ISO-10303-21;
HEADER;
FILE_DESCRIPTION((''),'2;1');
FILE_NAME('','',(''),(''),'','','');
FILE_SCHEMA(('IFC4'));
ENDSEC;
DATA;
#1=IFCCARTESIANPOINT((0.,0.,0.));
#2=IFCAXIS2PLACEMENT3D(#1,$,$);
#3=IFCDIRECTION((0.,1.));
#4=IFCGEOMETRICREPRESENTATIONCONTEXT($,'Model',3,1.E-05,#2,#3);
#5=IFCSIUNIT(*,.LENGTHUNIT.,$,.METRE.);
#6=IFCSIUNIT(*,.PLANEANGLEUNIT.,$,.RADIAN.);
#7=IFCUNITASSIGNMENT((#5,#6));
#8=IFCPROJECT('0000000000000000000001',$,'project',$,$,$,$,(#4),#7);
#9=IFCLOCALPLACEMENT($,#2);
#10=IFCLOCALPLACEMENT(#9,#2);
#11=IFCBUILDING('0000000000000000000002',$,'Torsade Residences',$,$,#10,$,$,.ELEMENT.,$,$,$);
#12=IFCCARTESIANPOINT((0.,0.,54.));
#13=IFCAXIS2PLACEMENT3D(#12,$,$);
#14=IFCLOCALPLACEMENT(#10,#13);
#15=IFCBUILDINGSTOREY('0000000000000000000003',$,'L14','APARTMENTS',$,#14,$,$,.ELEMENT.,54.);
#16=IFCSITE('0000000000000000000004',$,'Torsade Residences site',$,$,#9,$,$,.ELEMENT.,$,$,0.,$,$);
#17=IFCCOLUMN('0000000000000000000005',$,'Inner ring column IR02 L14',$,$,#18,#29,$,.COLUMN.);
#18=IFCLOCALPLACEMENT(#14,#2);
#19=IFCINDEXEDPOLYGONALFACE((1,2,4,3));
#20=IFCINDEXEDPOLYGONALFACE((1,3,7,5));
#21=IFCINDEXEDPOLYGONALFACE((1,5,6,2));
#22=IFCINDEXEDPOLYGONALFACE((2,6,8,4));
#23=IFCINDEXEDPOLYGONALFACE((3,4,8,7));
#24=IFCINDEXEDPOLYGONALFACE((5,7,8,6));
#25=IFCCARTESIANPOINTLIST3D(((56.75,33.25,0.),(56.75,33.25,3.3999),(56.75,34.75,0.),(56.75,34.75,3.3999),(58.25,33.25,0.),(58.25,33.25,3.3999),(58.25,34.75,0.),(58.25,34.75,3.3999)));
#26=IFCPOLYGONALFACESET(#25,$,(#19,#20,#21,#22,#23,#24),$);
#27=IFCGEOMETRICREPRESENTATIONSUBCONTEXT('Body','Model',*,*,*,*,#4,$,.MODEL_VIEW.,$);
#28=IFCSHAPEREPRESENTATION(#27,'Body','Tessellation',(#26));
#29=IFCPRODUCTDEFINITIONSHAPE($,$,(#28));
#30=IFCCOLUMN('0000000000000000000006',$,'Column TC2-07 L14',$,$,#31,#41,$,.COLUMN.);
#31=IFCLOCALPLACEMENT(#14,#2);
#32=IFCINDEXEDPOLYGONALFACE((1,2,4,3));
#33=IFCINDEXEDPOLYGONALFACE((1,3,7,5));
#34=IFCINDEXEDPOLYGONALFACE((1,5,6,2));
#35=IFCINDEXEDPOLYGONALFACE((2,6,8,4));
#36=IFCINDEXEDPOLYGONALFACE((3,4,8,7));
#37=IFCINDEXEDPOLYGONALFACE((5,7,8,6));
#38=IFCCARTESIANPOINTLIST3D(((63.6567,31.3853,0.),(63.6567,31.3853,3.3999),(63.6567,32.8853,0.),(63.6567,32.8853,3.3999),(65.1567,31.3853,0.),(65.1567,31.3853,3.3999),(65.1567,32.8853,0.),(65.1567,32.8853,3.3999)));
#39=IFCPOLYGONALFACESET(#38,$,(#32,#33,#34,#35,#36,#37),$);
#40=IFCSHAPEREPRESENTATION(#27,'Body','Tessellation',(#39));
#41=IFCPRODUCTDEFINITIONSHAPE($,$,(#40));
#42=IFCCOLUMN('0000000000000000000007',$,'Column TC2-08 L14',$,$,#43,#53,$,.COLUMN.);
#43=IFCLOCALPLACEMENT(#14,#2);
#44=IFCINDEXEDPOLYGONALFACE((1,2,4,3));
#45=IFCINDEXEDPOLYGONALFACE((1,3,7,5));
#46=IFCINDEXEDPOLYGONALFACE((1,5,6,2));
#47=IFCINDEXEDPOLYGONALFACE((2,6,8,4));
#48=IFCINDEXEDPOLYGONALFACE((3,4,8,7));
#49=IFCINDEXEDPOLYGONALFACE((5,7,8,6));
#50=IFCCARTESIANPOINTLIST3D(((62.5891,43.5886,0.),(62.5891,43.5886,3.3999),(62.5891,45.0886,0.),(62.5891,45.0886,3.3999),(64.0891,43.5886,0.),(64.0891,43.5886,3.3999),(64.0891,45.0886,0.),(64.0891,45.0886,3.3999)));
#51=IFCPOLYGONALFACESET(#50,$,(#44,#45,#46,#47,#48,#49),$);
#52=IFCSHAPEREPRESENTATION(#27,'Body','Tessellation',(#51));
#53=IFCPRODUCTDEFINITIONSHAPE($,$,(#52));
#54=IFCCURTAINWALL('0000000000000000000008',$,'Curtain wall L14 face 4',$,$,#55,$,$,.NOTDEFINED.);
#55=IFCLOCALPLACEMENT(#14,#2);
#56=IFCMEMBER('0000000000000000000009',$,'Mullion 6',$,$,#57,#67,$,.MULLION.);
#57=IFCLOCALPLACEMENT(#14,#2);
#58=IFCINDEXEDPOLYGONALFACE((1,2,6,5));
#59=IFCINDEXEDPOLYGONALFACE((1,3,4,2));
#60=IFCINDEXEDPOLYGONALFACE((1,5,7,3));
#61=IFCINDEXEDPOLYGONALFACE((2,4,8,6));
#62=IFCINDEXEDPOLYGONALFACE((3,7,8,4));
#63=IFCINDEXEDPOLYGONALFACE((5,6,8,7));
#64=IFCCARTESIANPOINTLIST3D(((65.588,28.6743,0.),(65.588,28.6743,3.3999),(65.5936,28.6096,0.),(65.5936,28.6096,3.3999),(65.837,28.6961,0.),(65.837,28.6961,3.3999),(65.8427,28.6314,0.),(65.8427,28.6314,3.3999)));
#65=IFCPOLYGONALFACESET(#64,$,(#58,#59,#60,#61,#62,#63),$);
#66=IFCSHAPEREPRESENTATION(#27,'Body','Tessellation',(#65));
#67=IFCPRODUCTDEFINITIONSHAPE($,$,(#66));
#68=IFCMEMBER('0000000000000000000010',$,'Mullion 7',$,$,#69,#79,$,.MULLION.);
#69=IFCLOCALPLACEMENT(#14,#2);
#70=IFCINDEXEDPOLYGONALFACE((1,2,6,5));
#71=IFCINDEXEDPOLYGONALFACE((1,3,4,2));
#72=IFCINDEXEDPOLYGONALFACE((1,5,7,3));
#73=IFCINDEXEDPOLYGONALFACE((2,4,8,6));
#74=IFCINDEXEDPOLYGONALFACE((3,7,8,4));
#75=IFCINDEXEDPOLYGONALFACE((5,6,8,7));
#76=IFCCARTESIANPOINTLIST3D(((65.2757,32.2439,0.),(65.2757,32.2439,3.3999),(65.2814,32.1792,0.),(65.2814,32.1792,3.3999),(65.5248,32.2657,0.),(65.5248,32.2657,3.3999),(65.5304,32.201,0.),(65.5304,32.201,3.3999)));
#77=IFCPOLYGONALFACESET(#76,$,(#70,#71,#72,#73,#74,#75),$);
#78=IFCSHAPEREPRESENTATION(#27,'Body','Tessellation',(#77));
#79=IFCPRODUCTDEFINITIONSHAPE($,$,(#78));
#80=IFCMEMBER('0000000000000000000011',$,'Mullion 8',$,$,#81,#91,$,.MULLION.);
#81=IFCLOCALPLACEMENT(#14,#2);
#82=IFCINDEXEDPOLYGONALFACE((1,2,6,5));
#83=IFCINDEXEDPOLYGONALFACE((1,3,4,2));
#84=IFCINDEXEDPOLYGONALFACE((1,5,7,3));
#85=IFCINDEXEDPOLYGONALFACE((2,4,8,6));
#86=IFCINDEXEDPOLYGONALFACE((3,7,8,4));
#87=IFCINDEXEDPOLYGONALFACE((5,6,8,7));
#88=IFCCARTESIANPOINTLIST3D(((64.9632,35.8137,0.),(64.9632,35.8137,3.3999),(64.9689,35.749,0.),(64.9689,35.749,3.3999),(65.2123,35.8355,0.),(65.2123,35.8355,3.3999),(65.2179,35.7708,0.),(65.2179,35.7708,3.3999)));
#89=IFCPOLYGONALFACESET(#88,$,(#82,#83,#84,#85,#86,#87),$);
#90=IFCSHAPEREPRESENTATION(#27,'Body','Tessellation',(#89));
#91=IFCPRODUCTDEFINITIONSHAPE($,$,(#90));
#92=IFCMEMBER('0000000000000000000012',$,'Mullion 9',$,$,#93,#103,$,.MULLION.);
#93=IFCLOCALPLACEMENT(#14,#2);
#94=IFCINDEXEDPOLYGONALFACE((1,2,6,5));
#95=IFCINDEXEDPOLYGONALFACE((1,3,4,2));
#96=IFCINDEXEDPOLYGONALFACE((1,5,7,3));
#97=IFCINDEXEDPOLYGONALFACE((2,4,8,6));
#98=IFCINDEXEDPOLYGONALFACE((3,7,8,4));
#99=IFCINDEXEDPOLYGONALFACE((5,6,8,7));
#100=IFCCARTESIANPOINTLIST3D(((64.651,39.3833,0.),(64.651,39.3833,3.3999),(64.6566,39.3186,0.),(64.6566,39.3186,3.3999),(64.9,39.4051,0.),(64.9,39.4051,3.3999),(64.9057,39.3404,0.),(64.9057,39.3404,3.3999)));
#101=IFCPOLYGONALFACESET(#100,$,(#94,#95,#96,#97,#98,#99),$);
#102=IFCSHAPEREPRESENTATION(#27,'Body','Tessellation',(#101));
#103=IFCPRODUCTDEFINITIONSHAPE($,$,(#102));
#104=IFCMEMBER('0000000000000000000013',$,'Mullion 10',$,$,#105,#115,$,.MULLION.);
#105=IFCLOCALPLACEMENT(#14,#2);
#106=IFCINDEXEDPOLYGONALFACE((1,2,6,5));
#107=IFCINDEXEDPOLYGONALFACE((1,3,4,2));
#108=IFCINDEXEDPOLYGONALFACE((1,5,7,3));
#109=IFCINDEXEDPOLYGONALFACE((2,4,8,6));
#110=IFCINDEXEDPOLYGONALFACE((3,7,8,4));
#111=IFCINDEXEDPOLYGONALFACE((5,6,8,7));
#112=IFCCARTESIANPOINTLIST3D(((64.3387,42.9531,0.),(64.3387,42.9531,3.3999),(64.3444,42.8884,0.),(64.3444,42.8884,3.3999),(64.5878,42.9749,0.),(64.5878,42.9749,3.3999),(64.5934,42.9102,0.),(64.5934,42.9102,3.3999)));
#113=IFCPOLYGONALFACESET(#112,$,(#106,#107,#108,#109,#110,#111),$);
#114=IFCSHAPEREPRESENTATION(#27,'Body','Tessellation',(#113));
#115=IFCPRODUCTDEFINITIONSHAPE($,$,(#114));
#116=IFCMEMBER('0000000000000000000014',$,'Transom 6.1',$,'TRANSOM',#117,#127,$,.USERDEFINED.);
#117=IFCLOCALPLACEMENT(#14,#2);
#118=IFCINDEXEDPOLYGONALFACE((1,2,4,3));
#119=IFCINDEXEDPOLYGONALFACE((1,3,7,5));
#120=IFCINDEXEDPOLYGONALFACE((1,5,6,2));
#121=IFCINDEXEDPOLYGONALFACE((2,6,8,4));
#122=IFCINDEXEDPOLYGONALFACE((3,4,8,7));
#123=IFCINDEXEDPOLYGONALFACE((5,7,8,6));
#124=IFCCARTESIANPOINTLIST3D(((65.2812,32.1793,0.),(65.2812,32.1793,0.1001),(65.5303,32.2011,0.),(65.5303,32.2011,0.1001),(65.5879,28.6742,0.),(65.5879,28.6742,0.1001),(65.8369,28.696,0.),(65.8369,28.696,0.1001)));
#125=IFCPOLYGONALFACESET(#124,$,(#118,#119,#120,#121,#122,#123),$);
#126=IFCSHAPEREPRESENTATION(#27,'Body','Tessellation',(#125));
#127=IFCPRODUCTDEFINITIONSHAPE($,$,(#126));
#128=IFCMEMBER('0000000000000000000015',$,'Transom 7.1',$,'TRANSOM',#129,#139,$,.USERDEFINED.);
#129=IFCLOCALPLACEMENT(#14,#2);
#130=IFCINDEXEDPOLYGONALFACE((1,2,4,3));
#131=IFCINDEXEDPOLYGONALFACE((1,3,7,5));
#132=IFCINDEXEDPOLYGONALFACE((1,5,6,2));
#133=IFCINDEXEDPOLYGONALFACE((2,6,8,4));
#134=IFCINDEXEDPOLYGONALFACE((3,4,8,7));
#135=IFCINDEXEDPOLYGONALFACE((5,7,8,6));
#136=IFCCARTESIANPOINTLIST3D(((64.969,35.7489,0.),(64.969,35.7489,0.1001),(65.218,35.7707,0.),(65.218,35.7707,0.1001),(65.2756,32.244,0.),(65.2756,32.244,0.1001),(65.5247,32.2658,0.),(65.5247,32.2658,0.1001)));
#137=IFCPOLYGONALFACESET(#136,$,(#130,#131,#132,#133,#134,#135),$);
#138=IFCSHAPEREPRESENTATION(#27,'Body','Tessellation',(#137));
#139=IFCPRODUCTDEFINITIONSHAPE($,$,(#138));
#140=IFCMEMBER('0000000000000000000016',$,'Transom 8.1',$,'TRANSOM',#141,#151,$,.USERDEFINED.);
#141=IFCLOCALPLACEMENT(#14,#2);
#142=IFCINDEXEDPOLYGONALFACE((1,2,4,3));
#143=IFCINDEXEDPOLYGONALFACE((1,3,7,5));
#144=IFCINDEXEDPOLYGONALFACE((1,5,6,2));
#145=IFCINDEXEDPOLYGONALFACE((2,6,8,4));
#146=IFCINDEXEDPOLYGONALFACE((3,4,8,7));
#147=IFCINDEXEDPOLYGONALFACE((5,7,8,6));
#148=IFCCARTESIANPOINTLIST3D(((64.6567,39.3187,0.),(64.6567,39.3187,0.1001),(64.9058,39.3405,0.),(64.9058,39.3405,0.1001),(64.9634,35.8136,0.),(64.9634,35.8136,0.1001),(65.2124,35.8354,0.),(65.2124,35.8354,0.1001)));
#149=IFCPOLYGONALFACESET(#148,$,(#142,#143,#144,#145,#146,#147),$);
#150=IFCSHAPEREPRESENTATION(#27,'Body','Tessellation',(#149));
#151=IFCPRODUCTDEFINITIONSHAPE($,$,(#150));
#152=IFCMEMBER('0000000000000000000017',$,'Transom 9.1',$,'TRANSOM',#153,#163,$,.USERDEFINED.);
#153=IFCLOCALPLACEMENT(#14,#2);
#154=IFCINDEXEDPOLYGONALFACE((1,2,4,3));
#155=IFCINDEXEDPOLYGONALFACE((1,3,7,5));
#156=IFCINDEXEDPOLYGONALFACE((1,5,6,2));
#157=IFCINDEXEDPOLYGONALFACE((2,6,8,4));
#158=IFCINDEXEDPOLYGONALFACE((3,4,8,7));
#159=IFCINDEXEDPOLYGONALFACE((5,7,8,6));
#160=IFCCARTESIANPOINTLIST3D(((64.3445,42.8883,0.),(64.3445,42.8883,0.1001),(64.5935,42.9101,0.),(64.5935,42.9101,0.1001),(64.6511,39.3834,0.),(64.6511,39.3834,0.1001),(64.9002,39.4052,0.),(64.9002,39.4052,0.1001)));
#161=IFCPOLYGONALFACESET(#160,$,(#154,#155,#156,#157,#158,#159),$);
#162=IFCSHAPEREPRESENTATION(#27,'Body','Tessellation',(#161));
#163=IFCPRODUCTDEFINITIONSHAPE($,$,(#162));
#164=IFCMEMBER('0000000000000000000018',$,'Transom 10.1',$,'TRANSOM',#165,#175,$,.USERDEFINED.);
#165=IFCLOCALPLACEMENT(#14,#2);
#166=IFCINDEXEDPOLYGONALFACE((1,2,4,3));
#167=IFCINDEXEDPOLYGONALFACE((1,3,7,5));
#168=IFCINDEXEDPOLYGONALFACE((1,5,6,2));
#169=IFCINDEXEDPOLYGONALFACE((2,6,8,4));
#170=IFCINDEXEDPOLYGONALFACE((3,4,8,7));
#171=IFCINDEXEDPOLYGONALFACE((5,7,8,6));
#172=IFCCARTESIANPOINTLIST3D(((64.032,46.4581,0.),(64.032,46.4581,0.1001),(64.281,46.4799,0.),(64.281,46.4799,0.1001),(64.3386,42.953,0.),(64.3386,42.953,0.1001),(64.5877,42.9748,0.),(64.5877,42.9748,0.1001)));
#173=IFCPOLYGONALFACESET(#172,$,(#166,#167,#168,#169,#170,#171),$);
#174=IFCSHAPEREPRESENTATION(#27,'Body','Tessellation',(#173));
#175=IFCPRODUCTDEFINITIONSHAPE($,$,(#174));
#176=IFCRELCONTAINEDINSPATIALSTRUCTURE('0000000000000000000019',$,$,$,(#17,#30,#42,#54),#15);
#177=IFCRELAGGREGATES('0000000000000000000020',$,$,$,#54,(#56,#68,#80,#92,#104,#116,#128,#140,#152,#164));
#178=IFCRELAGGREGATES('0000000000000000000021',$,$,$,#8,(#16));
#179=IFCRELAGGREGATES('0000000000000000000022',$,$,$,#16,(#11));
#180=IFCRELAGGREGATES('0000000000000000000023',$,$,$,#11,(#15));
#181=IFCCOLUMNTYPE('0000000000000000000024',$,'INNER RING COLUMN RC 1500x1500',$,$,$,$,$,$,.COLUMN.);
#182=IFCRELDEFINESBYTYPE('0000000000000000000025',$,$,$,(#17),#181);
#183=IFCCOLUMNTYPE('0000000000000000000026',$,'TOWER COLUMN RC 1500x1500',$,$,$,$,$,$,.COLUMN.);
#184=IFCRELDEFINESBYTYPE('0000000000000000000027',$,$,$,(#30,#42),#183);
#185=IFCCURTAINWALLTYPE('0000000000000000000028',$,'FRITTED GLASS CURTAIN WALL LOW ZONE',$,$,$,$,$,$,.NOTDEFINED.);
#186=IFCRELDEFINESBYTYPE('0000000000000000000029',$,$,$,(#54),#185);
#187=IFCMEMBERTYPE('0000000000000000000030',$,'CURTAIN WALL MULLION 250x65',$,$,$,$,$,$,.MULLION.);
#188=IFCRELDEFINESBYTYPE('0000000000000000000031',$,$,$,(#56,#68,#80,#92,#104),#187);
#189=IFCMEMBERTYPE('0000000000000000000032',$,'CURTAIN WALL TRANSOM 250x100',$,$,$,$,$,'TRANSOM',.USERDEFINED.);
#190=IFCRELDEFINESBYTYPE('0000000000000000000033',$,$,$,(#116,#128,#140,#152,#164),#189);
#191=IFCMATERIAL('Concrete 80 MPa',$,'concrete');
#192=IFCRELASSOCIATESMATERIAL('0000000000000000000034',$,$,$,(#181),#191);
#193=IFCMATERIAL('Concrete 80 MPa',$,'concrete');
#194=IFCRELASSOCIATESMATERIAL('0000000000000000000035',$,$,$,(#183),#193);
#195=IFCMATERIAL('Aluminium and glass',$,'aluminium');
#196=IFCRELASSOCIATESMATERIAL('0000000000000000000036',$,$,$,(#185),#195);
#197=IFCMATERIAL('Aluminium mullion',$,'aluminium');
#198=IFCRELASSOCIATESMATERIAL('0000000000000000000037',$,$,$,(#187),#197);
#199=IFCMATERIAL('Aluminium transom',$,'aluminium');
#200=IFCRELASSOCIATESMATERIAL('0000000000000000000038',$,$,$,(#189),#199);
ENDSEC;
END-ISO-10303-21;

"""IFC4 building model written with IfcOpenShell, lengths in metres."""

from ifc_helpers import new_model, si_unit, direction, frame, origin, origin_2d, place, context, subcontext, project, spatial, rectangle, extrude, material, material_profile, profile_set, type_object, element, aggregate, save


model = new_model("IFC4")

# Units and contexts
model_context = context("Model", 3, precision=1e-05, world=origin(), true_north=direction((0.0, 1.0)))
body_context = subcontext(model_context, "Body", "Model", "MODEL_VIEW")
ifc_project = project(units=[si_unit("LENGTHUNIT", "METRE"), si_unit("PLANEANGLEUNIT", "RADIAN")], contexts=[model_context])

# Site, building, storey
site_placement = place(None, origin())
site = spatial("IfcSite", under=ifc_project, at=site_placement, Name="Torsade Residences site", CompositionType="ELEMENT", RefElevation=0.0)
building_placement = place(site_placement, origin())
building = spatial("IfcBuilding", under=site, at=building_placement, Name="Torsade Residences", CompositionType="ELEMENT")
storey_placement = place(building_placement, frame((0.0, 0.0, 54.0)))
storey = spatial("IfcBuildingStorey", under=building, at=storey_placement, Name="L14", Description="APARTMENTS", CompositionType="ELEMENT", Elevation=54.0)

# Columns
ifc_material_1 = material(Name="Concrete 80 MPa", Category="concrete")
ifc_material_profile_1 = material_profile(ifc_material_1, rectangle(XDim=1.5, YDim=1.5, at=origin_2d()), Name="RC 1500x1500")
ifc_profile_set_1 = profile_set([ifc_material_profile_1], Name="Concrete 80 MPa")
column_type_1 = type_object("IfcColumnType", Name="INNER RING COLUMN RC 1500x1500", PredefinedType="COLUMN", material=ifc_profile_set_1)
column_placement = place(storey_placement, frame((57.5, 34.0, 0.0), z_axis=(0.0, 0.0, 1.0), x_axis=(1.0, 0.0, 0.0)))
element("IfcColumn", 1, at=column_placement, inside=storey, type_object=column_type_1, Name="Inner ring column IR02 L14", PredefinedType="COLUMN", context=body_context, shape_type="SweptSolid", body=[
    extrude(rectangle(XDim=1.5, YDim=1.5, at=origin_2d()), origin(), (0.0, 0.0, 1.0), 3.3999),
])
ifc_material_2 = material(Name="Concrete 80 MPa", Category="concrete")
ifc_material_profile_2 = material_profile(ifc_material_2, rectangle(XDim=1.5, YDim=1.5, at=origin_2d()), Name="RC 1500x1500")
ifc_profile_set_2 = profile_set([ifc_material_profile_2], Name="Concrete 80 MPa")
column_type_2 = type_object("IfcColumnType", Name="TOWER COLUMN RC 1500x1500", PredefinedType="COLUMN", material=ifc_profile_set_2)
for number, where, z_axis, x_axis, name in (
    (2, (64.4067, 32.1353, 0.0), (0.0, 0.0, 1.0), (1.0, 0.0, 0.0), "Column TC2-07 L14"),
    (3, (63.3391, 44.3386, 0.0), (0.0, 0.0, 1.0), (1.0, 0.0, 0.0), "Column TC2-08 L14"),
):
    element("IfcColumn", number, at=place(storey_placement, frame(where, z_axis=z_axis, x_axis=x_axis)), inside=storey, type_object=column_type_2, Name=name, PredefinedType="COLUMN", context=body_context, shape_type="SweptSolid", body=[
        extrude(rectangle(XDim=1.5, YDim=1.5, at=origin_2d()), origin(), (0.0, 0.0, 1.0), 3.3999),
    ])

# Curtain wall, members
ifc_material_3 = material(Name="Aluminium and glass", Category="aluminium")
curtain_wall_type = type_object("IfcCurtainWallType", Name="FRITTED GLASS CURTAIN WALL LOW ZONE", PredefinedType="NOTDEFINED", material=ifc_material_3)
curtain_wall_placement = place(storey_placement, origin())
curtain_wall = element("IfcCurtainWall", 4, at=curtain_wall_placement, inside=storey, type_object=curtain_wall_type, Name="Curtain wall L14 face 4", PredefinedType="NOTDEFINED")
ifc_material_4 = material(Name="Aluminium mullion", Category="aluminium")
ifc_material_profile_3 = material_profile(ifc_material_4, rectangle(XDim=0.25, YDim=0.0649, at=origin_2d()), Name="CURTAIN WALL MULLION 250x65")
ifc_profile_set_3 = profile_set([ifc_material_profile_3], Name="Aluminium mullion")
member_type_1 = type_object("IfcMemberType", Name="CURTAIN WALL MULLION 250x65", PredefinedType="MULLION", material=ifc_profile_set_3)
member_1_placement = place(storey_placement, frame((65.7153, 28.6528, 0.0), z_axis=(0.0, 0.0, 1.0), x_axis=(-0.996195, -0.087156, 0.0)))
member_1 = element("IfcMember", 5, at=member_1_placement, type_object=member_type_1, Name="Mullion 6", PredefinedType="MULLION", context=body_context, shape_type="SweptSolid", body=[
    extrude(rectangle(XDim=0.25, YDim=0.0649, at=origin_2d()), origin(), (0.0, 0.0, 1.0), 3.3999),
])
member_2_placement = place(storey_placement, frame((65.4031, 32.2224, 0.0), z_axis=(0.0, 0.0, 1.0), x_axis=(-0.996195, -0.087156, 0.0)))
member_2 = element("IfcMember", 6, at=member_2_placement, type_object=member_type_1, Name="Mullion 7", PredefinedType="MULLION", context=body_context, shape_type="SweptSolid", body=[
    extrude(rectangle(XDim=0.25, YDim=0.0649, at=origin_2d()), origin(), (0.0, 0.0, 1.0), 3.3999),
])
member_3_placement = place(storey_placement, frame((65.0906, 35.7922, 0.0), z_axis=(0.0, 0.0, 1.0), x_axis=(-0.996195, -0.087156, 0.0)))
member_3 = element("IfcMember", 7, at=member_3_placement, type_object=member_type_1, Name="Mullion 8", PredefinedType="MULLION", context=body_context, shape_type="SweptSolid", body=[
    extrude(rectangle(XDim=0.25, YDim=0.0649, at=origin_2d()), origin(), (0.0, 0.0, 1.0), 3.3999),
])
member_4_placement = place(storey_placement, frame((64.7783, 39.3618, 0.0), z_axis=(0.0, 0.0, 1.0), x_axis=(-0.996195, -0.087156, 0.0)))
member_4 = element("IfcMember", 8, at=member_4_placement, type_object=member_type_1, Name="Mullion 9", PredefinedType="MULLION", context=body_context, shape_type="SweptSolid", body=[
    extrude(rectangle(XDim=0.25, YDim=0.0649, at=origin_2d()), origin(), (0.0, 0.0, 1.0), 3.3999),
])
member_5_placement = place(storey_placement, frame((64.4661, 42.9316, 0.0), z_axis=(0.0, 0.0, 1.0), x_axis=(-0.996195, -0.087156, 0.0)))
member_5 = element("IfcMember", 9, at=member_5_placement, type_object=member_type_1, Name="Mullion 10", PredefinedType="MULLION", context=body_context, shape_type="SweptSolid", body=[
    extrude(rectangle(XDim=0.25, YDim=0.0649, at=origin_2d()), origin(), (0.0, 0.0, 1.0), 3.3999),
])
ifc_material_5 = material(Name="Aluminium transom", Category="aluminium")
ifc_material_profile_4 = material_profile(ifc_material_5, rectangle(XDim=0.25, YDim=0.1001, at=origin_2d()), Name="CURTAIN WALL TRANSOM 250x100")
ifc_profile_set_4 = profile_set([ifc_material_profile_4], Name="Aluminium transom")
member_type_2 = type_object("IfcMemberType", Name="CURTAIN WALL TRANSOM 250x100", ElementType="TRANSOM", PredefinedType="USERDEFINED", material=ifc_profile_set_4)
member_6_placement = place(storey_placement, frame((65.7124, 28.6851, 0.05), z_axis=(-0.087151, 0.996195, 0.0), x_axis=(-0.996195, -0.087151, 0.0)))
member_6 = element("IfcMember", 10, at=member_6_placement, type_object=member_type_2, Name="Transom 6.1", ObjectType="TRANSOM", PredefinedType="USERDEFINED", context=body_context, shape_type="SweptSolid", body=[
    extrude(rectangle(XDim=0.25, YDim=0.1001, at=origin_2d()), origin(), (0.0, 0.0, 1.0), 3.5186),
])
member_7_placement = place(storey_placement, frame((65.4001, 32.2549, 0.05), z_axis=(-0.087157, 0.996195, 0.0), x_axis=(-0.996195, -0.087157, 0.0)))
member_7 = element("IfcMember", 11, at=member_7_placement, type_object=member_type_2, Name="Transom 7.1", ObjectType="TRANSOM", PredefinedType="USERDEFINED", context=body_context, shape_type="SweptSolid", body=[
    extrude(rectangle(XDim=0.25, YDim=0.1001, at=origin_2d()), origin(), (0.0, 0.0, 1.0), 3.5183),
])
member_8_placement = place(storey_placement, frame((65.0879, 35.8245, 0.05), z_axis=(-0.087151, 0.996195, 0.0), x_axis=(-0.996195, -0.087151, 0.0)))
member_8 = element("IfcMember", 12, at=member_8_placement, type_object=member_type_2, Name="Transom 8.1", ObjectType="TRANSOM", PredefinedType="USERDEFINED", context=body_context, shape_type="SweptSolid", body=[
    extrude(rectangle(XDim=0.25, YDim=0.1001, at=origin_2d()), origin(), (0.0, 0.0, 1.0), 3.5186),
])
member_9_placement = place(storey_placement, frame((64.7756, 39.3943, 0.05), z_axis=(-0.087157, 0.996195, 0.0), x_axis=(-0.996195, -0.087157, 0.0)))
member_9 = element("IfcMember", 13, at=member_9_placement, type_object=member_type_2, Name="Transom 9.1", ObjectType="TRANSOM", PredefinedType="USERDEFINED", context=body_context, shape_type="SweptSolid", body=[
    extrude(rectangle(XDim=0.25, YDim=0.1001, at=origin_2d()), origin(), (0.0, 0.0, 1.0), 3.5183),
])
member_10_placement = place(storey_placement, frame((64.4631, 42.9639, 0.05), z_axis=(-0.087151, 0.996195, 0.0), x_axis=(-0.996195, -0.087151, 0.0)))
member_10 = element("IfcMember", 14, at=member_10_placement, type_object=member_type_2, Name="Transom 10.1", ObjectType="TRANSOM", PredefinedType="USERDEFINED", context=body_context, shape_type="SweptSolid", body=[
    extrude(rectangle(XDim=0.25, YDim=0.1001, at=origin_2d()), origin(), (0.0, 0.0, 1.0), 3.5186),
])

aggregate(curtain_wall, [member_1, member_2, member_3, member_4, member_5, member_6, member_7, member_8, member_9, member_10])

save(model, "model.ifc")
